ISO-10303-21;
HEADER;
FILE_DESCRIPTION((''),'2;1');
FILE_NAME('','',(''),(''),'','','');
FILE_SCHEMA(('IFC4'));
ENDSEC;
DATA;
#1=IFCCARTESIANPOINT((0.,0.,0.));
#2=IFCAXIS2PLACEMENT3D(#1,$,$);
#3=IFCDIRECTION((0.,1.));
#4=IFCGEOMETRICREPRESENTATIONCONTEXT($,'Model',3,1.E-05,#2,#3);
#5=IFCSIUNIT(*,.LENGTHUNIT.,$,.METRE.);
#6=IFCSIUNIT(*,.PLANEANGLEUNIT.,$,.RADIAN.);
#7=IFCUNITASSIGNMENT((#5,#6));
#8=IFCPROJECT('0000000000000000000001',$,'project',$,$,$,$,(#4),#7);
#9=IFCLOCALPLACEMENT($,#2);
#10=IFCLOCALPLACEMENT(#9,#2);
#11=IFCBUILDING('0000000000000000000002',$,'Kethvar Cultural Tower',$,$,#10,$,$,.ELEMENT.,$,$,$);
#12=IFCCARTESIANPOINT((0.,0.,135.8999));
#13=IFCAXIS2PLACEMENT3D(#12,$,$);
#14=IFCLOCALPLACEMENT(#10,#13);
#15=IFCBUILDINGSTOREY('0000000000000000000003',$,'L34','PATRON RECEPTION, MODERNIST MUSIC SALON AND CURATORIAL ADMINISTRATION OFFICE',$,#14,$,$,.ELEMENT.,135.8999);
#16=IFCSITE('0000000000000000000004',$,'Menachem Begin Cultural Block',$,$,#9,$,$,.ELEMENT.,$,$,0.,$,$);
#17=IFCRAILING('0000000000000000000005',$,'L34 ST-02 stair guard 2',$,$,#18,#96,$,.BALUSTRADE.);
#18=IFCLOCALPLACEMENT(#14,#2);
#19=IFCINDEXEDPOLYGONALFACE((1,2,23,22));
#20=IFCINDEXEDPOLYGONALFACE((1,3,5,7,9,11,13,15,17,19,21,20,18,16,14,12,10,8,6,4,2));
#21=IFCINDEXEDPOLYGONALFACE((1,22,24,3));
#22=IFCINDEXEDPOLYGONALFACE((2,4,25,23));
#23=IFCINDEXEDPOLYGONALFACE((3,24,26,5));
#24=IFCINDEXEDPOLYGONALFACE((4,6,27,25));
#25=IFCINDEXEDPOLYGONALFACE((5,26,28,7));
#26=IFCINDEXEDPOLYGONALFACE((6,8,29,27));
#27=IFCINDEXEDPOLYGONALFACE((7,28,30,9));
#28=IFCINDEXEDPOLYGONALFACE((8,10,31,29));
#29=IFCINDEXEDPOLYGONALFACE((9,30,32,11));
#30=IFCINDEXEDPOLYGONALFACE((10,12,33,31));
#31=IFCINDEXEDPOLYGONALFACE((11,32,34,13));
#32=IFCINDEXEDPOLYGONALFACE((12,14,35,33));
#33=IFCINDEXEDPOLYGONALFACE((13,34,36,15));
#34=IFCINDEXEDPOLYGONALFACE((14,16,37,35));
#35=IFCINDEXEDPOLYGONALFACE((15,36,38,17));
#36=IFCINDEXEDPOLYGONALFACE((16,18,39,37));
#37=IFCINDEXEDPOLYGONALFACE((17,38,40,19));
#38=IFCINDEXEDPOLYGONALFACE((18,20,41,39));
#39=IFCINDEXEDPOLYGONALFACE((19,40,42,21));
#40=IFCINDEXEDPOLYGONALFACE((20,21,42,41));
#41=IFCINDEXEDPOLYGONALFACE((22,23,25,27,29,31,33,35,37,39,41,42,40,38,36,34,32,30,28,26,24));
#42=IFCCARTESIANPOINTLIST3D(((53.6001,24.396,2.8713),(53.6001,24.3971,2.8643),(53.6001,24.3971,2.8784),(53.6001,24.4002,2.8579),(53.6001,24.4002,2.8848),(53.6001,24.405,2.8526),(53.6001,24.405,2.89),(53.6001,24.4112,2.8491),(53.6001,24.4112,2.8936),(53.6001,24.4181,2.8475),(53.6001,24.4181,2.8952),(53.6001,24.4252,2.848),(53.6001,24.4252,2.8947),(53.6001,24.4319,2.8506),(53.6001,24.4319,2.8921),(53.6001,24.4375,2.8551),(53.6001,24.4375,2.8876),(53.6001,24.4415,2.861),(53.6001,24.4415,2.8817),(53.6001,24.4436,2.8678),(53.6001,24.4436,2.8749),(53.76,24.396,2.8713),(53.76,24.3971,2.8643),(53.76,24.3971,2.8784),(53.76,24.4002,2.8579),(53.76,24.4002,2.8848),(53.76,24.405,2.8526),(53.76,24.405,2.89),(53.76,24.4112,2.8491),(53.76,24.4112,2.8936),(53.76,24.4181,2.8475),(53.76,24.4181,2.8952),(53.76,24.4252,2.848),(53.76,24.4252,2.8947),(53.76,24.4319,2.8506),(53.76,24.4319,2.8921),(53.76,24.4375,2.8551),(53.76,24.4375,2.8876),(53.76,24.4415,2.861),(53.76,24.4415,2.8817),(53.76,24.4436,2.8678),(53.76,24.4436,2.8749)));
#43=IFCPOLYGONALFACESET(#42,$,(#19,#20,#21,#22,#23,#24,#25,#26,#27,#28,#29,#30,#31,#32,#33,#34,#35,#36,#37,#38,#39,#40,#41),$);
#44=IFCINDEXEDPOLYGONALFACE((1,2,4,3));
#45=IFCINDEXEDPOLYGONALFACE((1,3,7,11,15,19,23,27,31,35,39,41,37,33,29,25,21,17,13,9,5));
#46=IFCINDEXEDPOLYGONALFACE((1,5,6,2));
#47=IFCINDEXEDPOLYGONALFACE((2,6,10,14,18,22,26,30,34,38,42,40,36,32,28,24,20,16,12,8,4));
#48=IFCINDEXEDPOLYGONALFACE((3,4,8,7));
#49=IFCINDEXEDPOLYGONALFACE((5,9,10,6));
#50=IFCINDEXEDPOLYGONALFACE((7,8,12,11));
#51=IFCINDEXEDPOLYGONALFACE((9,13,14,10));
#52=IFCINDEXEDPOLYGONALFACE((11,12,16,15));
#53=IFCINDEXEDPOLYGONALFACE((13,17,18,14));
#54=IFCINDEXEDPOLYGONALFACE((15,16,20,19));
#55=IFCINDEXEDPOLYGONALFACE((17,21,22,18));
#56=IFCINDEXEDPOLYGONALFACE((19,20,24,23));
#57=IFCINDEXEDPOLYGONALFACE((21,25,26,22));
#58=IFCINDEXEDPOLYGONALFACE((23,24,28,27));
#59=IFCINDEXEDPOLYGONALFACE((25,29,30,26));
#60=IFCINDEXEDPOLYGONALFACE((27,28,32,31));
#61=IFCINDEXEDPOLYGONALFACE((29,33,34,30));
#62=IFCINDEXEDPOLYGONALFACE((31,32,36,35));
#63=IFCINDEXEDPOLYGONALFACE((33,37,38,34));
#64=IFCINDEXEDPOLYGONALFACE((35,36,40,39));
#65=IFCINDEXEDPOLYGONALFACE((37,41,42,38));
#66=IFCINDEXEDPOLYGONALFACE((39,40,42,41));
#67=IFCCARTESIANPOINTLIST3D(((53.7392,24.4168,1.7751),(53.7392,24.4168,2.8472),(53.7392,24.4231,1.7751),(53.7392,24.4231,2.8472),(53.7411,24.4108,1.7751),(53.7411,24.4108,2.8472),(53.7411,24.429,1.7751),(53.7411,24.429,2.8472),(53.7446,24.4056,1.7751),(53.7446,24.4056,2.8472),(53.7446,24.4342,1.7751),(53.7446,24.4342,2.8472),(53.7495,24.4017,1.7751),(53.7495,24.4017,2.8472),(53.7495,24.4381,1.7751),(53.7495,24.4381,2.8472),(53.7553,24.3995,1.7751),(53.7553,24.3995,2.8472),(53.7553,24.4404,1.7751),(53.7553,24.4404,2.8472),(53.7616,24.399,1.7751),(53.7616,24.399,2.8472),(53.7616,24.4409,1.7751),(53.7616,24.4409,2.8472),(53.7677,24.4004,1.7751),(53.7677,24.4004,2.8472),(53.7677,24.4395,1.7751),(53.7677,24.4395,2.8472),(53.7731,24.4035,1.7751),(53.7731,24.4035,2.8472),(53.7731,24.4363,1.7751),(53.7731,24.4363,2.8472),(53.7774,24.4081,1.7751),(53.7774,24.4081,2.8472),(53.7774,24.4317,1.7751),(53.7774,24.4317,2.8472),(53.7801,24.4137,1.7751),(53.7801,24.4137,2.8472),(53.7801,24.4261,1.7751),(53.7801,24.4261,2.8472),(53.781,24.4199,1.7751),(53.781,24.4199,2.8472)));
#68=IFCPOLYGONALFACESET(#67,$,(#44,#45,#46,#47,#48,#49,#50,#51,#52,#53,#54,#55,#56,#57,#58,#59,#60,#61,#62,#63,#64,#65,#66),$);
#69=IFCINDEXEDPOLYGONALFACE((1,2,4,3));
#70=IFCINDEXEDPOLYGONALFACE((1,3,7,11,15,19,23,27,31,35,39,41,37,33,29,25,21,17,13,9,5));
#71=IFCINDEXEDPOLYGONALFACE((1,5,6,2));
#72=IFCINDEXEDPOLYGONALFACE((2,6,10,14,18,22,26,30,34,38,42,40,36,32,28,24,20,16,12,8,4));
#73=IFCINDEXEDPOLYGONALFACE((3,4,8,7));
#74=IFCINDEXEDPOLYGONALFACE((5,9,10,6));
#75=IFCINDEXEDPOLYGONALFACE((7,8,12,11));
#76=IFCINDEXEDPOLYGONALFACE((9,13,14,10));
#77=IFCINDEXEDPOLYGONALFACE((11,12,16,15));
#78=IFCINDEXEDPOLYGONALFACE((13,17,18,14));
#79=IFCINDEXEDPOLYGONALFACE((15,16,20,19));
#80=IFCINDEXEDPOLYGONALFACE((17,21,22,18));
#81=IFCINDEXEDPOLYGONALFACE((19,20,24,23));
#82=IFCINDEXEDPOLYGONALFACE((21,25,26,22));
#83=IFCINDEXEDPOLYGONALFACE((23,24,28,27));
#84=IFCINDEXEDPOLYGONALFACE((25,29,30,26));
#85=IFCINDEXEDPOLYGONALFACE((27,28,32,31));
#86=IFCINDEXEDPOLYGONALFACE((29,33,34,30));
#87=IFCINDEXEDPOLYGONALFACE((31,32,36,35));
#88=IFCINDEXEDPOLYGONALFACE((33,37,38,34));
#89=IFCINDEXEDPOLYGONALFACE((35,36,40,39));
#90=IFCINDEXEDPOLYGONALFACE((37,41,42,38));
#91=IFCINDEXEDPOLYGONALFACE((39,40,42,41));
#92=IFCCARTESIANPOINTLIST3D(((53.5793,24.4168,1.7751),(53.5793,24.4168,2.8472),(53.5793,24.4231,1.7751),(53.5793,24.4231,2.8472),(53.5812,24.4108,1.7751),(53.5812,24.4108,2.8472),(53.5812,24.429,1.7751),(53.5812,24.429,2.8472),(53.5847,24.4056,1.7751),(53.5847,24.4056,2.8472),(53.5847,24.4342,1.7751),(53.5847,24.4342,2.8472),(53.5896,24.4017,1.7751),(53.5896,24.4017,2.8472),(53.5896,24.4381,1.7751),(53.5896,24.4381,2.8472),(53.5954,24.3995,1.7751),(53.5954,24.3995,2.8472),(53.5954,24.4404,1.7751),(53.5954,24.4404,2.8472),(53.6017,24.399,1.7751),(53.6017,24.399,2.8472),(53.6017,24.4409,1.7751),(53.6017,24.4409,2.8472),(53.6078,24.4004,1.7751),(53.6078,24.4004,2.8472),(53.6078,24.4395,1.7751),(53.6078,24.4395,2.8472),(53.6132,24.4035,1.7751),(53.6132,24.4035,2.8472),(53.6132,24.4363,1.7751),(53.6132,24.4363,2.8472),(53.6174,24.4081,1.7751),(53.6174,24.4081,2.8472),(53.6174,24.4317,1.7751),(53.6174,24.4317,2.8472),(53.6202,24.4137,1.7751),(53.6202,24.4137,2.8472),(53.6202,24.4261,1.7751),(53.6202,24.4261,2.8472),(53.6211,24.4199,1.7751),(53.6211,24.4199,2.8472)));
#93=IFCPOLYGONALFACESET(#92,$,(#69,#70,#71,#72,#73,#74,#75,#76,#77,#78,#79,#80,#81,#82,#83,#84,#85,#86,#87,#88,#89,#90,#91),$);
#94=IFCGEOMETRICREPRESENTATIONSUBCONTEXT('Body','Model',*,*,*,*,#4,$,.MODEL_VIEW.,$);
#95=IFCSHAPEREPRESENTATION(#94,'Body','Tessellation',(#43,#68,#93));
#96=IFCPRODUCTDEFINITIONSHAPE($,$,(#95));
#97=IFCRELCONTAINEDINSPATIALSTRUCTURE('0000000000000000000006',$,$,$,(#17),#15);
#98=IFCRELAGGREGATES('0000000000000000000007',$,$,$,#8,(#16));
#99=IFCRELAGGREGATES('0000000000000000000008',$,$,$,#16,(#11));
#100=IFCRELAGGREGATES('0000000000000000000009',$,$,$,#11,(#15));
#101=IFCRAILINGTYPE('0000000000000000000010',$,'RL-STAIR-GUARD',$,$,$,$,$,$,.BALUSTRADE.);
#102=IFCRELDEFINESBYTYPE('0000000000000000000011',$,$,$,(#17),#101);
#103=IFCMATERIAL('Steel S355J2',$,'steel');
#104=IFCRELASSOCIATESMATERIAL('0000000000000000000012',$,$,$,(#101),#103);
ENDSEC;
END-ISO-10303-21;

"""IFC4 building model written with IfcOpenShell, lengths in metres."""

from ifc_helpers import new_model, si_unit, direction, frame, origin, origin_2d, place, context, subcontext, project, spatial, circle, extrude, material, type_object, element, save


model = new_model("IFC4")

# Units and contexts
model_context = context("Model", 3, precision=1e-05, world=origin(), true_north=direction((0.0, 1.0)))
body_context = subcontext(model_context, "Body", "Model", "MODEL_VIEW")
ifc_project = project(units=[si_unit("LENGTHUNIT", "METRE"), si_unit("PLANEANGLEUNIT", "RADIAN")], contexts=[model_context])

# Site, building, storey
site_placement = place(None, origin())
site = spatial("IfcSite", under=ifc_project, at=site_placement, Name="Menachem Begin Cultural Block", CompositionType="ELEMENT", RefElevation=0.0)
building_placement = place(site_placement, origin())
building = spatial("IfcBuilding", under=site, at=building_placement, Name="Kethvar Cultural Tower", CompositionType="ELEMENT")
storey_placement = place(building_placement, frame((0.0, 0.0, 135.8999)))
storey = spatial("IfcBuildingStorey", under=building, at=storey_placement, Name="L34", Description="PATRON RECEPTION, MODERNIST MUSIC SALON AND CURATORIAL ADMINISTRATION OFFICE", CompositionType="ELEMENT", Elevation=135.8999)

# Shared definitions
ifc_material_1 = material(Name="Steel S355J2", Category="steel")

# Railing
railing_type_1 = type_object("IfcRailingType", Name="RL-STAIR-GUARD", PredefinedType="BALUSTRADE", material=ifc_material_1)
railing_1_placement = place(storey_placement, frame((53.76, 24.4199, 1.7751)))
element("IfcRailing", 1, at=railing_1_placement, inside=storey, type_object=railing_type_1, Name="L34 ST-02 stair guard 2", PredefinedType="BALUSTRADE", context=body_context, shape_type="SweptSolid", body=[
    extrude(circle(Radius=0.0239, at=origin_2d()), frame((0.0, 0.0, 1.0962), z_axis=(-1.0, 0.0, 0.0), x_axis=(0.0, -1.0, 0.0)), (0.0, 0.0, 1.0), 0.1599),
    extrude(circle(Radius=0.021, at=origin_2d()), origin(), (0.0, 0.0, 1.0), 1.072),
    extrude(circle(Radius=0.021, at=origin_2d()), frame((-0.1599, 0.0, 0.0)), (0.0, 0.0, 1.0), 1.072),
])

save(model, "model.ifc")
